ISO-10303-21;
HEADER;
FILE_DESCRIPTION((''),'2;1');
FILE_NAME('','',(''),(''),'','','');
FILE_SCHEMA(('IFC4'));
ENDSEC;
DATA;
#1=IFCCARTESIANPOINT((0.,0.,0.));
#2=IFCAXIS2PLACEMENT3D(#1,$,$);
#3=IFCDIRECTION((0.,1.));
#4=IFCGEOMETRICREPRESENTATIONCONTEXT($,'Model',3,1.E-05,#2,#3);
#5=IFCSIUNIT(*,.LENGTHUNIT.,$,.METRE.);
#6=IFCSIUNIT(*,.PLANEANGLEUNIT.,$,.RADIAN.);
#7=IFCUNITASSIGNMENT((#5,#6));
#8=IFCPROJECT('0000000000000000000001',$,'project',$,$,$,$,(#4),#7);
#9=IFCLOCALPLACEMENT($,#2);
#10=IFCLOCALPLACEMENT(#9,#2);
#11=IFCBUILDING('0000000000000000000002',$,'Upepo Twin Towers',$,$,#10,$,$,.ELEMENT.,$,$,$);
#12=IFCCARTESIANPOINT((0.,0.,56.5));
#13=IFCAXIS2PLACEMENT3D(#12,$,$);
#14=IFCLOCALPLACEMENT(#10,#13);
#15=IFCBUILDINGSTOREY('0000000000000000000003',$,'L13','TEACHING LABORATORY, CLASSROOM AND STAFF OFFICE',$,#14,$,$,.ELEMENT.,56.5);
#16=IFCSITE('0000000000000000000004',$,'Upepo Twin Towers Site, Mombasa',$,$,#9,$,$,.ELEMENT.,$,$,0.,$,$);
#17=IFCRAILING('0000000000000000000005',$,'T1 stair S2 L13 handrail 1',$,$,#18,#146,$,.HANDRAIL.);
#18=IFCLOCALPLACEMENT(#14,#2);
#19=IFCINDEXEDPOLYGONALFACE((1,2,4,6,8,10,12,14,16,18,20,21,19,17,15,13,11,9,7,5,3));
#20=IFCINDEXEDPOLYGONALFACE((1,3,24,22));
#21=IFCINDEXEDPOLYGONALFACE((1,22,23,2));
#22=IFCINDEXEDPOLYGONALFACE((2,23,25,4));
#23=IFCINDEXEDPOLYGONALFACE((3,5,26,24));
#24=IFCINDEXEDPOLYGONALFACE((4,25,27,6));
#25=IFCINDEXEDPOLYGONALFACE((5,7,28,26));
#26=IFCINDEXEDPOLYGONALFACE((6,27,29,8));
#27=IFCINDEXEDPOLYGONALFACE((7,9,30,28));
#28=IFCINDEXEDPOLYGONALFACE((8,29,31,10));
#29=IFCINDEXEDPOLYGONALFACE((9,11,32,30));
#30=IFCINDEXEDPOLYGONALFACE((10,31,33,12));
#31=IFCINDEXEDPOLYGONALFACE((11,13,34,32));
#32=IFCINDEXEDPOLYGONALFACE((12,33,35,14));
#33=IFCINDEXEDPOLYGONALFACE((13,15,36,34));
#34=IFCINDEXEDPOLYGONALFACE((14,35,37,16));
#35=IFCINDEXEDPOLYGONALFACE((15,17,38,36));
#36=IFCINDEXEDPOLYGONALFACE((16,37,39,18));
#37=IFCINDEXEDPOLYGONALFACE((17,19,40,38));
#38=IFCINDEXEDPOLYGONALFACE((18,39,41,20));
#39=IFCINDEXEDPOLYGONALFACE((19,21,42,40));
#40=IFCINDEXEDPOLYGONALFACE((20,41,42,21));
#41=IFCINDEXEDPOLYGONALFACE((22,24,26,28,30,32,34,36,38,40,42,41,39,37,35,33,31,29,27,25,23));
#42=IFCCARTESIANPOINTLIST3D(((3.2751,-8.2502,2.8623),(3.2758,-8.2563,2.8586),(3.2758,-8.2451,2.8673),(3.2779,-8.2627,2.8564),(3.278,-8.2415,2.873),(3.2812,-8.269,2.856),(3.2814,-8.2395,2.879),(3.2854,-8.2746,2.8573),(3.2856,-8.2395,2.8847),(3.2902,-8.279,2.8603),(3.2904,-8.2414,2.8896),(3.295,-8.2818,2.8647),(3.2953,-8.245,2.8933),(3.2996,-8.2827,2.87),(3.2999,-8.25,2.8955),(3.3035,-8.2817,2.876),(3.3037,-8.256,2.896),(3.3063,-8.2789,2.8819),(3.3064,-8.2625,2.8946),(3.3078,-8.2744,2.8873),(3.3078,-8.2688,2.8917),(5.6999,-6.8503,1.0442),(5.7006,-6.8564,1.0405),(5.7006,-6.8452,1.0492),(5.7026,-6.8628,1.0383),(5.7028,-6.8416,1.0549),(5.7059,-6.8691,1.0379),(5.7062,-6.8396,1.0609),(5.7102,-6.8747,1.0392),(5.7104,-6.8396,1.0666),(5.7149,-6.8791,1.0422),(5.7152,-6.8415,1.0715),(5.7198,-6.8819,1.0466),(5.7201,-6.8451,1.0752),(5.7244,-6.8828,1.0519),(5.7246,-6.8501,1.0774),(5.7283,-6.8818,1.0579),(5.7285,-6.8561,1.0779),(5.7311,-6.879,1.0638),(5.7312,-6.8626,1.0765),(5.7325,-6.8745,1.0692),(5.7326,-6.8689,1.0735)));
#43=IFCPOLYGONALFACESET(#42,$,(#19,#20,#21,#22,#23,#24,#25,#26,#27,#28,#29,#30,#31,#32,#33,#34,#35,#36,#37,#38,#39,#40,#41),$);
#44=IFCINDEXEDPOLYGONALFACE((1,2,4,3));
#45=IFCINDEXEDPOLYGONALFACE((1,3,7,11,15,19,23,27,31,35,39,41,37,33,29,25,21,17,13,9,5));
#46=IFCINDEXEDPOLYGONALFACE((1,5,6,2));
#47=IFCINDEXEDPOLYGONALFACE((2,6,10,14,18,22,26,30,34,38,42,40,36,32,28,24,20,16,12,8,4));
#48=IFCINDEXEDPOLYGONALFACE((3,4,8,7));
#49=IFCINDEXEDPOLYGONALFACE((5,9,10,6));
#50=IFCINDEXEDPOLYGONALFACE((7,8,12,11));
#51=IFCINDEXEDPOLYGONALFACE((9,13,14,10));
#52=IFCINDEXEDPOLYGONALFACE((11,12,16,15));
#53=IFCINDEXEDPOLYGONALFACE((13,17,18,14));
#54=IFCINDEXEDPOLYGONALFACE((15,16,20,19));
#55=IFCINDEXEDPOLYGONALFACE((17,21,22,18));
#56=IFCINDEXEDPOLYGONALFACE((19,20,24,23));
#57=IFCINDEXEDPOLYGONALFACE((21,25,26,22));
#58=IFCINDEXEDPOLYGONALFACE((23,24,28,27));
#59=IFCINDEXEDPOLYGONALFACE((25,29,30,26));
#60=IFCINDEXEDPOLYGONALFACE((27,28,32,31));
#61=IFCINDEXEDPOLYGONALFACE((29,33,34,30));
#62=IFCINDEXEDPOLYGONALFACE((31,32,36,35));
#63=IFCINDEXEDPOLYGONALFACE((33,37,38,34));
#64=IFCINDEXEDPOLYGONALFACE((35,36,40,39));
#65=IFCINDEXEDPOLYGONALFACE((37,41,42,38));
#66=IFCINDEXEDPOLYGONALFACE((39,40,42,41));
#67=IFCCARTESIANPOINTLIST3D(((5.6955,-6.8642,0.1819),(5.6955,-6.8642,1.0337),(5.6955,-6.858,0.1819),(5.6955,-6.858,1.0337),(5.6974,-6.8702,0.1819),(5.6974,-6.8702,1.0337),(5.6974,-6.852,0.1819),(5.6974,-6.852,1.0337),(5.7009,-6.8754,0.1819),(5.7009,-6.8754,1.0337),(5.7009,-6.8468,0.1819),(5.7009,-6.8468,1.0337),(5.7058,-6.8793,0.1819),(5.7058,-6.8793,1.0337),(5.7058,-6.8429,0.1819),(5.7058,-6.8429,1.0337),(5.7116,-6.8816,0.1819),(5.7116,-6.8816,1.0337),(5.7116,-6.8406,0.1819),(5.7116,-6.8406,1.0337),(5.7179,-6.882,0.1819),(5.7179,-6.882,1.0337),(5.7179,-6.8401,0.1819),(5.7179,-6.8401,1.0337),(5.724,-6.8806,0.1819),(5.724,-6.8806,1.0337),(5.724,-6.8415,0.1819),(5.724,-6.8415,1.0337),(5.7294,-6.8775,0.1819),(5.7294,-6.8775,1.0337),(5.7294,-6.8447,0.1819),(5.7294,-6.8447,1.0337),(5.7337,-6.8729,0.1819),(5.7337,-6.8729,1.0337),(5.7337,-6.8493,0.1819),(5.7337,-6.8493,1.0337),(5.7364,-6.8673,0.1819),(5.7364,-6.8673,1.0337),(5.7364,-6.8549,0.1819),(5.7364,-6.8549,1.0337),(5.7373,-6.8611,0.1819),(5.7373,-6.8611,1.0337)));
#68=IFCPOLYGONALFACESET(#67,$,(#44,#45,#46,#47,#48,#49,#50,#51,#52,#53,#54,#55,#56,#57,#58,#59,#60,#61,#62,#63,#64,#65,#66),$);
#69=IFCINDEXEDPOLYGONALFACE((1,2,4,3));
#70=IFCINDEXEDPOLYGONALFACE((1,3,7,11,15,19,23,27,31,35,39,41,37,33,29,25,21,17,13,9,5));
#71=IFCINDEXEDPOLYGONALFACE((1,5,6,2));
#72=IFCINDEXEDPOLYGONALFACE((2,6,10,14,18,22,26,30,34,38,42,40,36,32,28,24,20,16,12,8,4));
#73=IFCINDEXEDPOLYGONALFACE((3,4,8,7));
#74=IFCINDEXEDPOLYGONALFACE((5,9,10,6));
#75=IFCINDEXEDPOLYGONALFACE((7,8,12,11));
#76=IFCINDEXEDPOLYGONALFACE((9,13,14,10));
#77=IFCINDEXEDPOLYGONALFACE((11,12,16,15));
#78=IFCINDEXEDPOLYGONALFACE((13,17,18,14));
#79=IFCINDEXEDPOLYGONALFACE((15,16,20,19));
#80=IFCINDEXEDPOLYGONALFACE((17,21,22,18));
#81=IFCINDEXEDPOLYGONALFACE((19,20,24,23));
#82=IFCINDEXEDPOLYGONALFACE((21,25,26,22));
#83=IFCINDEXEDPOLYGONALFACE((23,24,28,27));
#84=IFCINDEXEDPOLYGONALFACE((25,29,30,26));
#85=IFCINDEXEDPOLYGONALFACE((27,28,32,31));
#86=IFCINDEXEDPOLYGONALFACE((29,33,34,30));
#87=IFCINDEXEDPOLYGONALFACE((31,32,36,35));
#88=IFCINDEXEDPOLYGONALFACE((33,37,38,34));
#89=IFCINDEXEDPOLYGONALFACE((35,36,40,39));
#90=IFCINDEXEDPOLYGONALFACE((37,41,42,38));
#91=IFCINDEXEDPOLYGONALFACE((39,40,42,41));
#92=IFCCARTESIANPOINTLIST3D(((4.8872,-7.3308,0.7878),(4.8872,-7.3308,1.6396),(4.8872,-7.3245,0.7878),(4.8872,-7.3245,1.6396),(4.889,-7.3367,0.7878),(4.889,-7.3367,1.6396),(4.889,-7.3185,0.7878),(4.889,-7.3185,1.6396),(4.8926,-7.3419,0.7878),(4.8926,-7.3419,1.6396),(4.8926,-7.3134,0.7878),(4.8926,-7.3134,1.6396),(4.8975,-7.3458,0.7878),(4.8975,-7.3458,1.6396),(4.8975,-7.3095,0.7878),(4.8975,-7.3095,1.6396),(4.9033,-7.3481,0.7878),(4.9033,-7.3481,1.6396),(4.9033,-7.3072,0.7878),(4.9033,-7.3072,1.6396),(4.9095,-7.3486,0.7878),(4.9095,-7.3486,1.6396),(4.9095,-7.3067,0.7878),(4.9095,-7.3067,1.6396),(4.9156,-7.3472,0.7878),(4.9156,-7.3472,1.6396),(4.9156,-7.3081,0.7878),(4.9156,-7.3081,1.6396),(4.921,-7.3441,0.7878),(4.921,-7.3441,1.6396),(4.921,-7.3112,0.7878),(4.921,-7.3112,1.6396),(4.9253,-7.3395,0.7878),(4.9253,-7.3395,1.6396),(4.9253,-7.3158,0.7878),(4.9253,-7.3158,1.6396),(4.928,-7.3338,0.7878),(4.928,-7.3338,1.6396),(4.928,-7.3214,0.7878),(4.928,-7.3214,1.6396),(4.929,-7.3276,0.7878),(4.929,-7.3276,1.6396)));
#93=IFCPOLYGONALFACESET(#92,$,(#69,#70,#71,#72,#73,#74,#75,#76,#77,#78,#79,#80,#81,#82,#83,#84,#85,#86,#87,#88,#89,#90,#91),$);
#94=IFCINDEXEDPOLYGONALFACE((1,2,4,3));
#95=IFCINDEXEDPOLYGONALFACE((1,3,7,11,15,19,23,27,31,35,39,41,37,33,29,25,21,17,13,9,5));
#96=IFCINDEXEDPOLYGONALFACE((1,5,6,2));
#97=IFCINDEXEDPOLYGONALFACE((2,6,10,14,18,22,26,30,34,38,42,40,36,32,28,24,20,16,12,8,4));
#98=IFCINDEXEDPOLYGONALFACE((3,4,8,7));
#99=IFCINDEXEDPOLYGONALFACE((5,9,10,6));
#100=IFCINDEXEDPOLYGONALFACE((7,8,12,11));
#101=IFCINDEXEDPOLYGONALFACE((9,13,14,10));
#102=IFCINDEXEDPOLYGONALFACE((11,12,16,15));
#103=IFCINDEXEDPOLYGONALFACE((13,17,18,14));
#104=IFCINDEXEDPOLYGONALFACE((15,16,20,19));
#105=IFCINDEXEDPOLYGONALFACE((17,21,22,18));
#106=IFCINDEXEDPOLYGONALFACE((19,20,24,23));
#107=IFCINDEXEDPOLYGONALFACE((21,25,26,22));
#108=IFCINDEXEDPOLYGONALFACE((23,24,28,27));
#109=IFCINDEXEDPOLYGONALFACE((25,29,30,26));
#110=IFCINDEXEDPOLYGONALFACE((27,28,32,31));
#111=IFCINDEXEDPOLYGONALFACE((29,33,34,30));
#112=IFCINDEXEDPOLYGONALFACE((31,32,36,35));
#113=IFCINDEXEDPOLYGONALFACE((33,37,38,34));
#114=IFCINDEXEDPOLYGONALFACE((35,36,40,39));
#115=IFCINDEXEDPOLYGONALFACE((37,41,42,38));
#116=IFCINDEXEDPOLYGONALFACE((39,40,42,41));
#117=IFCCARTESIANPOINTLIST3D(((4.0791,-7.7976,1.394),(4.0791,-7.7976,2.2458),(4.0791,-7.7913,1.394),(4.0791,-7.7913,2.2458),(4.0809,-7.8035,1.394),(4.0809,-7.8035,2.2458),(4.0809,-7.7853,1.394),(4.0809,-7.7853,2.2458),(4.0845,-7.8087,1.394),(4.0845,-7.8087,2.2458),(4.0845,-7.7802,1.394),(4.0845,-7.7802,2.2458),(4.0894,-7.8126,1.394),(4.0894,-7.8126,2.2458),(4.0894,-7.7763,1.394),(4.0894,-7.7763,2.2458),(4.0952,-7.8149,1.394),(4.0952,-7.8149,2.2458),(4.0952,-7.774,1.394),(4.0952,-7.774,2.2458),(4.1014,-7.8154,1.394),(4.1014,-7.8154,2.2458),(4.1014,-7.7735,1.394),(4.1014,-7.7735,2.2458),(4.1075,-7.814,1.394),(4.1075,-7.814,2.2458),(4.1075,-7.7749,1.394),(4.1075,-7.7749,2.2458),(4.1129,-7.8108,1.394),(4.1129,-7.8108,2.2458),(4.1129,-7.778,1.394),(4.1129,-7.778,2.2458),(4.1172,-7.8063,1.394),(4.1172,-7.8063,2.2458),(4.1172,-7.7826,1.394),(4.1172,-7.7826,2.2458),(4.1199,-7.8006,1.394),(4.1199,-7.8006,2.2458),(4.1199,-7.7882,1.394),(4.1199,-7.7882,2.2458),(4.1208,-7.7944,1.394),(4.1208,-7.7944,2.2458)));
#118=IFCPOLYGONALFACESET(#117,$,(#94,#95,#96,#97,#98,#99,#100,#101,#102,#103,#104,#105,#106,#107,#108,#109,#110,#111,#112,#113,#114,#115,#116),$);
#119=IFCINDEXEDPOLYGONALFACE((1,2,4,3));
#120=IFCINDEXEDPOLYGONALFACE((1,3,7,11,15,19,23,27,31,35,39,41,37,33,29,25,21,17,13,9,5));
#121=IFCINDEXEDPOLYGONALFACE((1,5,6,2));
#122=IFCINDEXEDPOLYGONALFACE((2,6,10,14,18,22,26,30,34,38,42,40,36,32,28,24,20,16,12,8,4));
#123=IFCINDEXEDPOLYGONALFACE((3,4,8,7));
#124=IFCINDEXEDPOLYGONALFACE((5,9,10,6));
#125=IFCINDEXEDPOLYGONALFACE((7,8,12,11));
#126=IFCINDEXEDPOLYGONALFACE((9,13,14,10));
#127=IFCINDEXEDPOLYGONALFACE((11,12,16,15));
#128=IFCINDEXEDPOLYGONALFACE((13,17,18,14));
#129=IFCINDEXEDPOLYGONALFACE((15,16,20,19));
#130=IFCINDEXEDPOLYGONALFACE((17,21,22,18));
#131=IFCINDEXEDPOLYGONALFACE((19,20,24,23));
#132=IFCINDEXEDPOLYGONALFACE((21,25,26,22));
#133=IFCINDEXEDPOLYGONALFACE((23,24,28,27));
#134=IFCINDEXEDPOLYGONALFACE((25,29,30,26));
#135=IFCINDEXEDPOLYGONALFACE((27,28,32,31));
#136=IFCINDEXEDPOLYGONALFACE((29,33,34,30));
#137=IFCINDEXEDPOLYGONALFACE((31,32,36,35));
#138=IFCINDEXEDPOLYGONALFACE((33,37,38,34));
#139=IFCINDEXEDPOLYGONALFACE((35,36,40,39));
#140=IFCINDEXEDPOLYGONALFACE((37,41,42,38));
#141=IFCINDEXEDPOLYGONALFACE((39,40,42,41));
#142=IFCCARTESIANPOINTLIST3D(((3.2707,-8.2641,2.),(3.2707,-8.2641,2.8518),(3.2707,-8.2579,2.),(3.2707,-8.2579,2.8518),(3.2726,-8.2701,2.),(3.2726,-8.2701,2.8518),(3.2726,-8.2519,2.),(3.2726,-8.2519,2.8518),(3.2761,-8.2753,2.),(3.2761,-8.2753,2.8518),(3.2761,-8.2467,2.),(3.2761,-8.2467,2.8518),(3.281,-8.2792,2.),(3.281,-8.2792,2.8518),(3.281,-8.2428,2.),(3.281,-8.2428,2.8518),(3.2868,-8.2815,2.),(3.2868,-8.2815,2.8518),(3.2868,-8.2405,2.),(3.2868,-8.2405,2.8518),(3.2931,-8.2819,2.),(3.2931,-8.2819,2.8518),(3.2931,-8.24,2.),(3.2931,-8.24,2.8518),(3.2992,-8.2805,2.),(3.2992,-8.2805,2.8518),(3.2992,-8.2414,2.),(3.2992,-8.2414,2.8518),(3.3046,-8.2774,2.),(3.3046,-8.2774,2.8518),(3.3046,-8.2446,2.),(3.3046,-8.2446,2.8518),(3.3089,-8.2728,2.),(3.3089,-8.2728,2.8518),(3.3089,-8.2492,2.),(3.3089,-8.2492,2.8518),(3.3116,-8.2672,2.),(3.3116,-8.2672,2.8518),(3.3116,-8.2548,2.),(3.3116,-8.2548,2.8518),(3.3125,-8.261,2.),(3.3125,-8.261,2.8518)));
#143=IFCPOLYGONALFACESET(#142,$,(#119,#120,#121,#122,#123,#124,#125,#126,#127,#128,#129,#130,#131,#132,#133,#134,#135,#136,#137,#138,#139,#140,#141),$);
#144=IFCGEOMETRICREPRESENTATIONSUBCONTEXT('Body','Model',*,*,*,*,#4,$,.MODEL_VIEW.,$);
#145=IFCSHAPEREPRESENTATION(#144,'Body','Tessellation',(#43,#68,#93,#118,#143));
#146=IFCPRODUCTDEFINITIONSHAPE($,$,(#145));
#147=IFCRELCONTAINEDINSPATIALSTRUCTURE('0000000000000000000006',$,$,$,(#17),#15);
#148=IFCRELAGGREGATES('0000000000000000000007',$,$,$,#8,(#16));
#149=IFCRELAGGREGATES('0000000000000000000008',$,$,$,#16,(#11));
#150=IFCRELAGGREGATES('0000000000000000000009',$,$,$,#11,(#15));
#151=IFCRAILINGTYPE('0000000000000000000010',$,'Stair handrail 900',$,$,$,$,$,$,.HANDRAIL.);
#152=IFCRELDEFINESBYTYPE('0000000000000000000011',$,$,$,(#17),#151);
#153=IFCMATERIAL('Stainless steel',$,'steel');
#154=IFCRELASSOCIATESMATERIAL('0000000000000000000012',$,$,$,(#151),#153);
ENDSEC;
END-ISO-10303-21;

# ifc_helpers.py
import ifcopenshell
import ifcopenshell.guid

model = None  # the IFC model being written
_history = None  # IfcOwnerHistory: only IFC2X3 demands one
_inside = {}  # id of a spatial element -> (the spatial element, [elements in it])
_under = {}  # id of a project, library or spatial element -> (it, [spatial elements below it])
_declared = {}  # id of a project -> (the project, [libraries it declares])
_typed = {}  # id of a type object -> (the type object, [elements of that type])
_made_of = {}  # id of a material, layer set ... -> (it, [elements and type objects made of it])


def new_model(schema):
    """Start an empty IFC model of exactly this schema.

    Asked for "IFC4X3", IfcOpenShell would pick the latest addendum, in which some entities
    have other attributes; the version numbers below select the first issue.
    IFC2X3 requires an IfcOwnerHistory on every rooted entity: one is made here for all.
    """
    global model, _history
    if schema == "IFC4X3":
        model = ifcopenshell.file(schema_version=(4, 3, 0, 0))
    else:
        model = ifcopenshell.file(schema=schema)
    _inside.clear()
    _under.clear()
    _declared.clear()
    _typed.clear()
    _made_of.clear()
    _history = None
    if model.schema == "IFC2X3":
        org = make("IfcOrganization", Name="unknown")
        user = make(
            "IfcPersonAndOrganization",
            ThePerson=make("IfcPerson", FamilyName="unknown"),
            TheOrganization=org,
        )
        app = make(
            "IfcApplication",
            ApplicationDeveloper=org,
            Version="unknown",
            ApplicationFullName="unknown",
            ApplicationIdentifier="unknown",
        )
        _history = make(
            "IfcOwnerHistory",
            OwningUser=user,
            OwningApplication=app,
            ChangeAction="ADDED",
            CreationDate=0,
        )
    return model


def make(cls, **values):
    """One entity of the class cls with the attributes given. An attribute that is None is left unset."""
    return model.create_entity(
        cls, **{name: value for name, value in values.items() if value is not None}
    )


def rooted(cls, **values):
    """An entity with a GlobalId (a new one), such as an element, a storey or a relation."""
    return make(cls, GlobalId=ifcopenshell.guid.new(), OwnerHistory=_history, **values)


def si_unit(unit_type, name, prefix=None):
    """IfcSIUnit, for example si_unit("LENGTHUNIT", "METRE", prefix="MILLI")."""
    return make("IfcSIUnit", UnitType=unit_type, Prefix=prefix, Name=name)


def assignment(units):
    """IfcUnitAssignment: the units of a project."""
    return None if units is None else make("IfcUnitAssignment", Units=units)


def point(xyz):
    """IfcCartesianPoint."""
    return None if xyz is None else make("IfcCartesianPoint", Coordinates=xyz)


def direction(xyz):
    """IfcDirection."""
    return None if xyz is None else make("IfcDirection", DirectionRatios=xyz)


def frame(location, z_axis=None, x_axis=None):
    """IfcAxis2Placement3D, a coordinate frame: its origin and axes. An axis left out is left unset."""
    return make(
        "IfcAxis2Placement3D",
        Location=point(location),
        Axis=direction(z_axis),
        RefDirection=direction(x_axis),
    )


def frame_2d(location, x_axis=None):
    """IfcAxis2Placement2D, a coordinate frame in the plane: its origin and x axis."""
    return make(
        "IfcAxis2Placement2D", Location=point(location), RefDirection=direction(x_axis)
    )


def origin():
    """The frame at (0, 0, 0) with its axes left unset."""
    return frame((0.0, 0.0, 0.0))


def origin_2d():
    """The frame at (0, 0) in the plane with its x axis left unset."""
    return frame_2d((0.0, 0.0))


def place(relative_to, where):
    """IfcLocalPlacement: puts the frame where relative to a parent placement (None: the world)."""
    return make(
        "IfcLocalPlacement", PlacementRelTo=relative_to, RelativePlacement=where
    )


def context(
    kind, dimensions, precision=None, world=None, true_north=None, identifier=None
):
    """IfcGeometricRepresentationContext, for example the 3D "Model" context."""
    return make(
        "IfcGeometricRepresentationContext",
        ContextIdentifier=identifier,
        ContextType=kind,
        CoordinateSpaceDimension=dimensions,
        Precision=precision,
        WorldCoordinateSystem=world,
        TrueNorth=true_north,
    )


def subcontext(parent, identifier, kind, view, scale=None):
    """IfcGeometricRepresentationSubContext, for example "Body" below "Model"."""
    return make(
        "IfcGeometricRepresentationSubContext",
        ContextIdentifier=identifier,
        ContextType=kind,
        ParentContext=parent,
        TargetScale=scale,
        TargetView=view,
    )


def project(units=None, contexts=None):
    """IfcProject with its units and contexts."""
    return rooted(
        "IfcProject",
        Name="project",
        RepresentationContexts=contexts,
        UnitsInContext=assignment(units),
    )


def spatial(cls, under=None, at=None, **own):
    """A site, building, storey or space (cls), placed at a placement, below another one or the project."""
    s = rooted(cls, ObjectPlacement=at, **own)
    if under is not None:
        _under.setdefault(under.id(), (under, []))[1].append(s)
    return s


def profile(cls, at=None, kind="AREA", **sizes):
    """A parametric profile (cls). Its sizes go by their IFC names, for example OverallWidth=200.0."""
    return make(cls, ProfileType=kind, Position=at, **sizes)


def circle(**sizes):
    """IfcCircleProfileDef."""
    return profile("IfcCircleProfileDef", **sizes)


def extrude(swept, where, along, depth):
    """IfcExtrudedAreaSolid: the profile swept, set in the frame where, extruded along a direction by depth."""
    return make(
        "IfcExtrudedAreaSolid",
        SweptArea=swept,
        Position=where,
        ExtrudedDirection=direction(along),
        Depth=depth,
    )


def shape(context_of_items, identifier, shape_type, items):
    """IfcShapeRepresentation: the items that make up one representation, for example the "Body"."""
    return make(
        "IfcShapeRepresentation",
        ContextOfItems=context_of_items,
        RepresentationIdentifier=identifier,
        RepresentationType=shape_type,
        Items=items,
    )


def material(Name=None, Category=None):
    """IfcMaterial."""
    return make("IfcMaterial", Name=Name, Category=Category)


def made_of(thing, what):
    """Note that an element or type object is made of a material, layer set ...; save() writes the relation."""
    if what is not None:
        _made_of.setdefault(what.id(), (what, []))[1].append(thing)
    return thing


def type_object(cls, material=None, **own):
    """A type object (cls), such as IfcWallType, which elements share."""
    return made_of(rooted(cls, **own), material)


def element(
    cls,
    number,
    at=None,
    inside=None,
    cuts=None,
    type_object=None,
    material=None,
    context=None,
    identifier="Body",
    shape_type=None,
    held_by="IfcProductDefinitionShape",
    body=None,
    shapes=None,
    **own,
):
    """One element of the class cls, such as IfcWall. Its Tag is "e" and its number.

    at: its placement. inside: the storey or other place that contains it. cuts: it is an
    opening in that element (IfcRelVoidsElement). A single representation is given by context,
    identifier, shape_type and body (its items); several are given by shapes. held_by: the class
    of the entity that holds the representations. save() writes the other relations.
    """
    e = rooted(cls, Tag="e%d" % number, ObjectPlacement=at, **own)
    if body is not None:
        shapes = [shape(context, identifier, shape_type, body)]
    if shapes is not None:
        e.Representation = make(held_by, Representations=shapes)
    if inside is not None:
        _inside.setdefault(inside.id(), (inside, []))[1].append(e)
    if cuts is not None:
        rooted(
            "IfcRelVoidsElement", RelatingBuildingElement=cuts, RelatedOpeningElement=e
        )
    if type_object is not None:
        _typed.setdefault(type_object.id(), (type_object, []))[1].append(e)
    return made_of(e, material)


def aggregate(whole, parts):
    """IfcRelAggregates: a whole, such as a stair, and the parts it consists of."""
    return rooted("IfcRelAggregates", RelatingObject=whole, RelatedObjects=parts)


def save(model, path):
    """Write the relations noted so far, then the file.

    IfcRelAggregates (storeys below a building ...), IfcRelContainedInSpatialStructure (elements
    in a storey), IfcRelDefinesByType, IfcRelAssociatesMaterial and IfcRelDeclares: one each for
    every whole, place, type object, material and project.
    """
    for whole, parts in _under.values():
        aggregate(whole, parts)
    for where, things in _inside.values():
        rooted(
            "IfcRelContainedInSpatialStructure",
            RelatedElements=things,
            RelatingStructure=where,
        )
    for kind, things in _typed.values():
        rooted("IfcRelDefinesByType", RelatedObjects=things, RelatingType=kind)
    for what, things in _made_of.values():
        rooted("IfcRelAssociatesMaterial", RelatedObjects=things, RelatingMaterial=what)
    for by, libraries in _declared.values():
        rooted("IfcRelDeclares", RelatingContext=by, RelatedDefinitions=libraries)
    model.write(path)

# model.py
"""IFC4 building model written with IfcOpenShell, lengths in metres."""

from ifc_helpers import new_model, si_unit, direction, frame, origin, origin_2d, place, context, subcontext, project, spatial, circle, extrude, material, type_object, element, save


model = new_model("IFC4")

# Units and contexts
model_context = context("Model", 3, precision=1e-05, world=origin(), true_north=direction((0.0, 1.0)))
body_context = subcontext(model_context, "Body", "Model", "MODEL_VIEW")
ifc_project = project(units=[si_unit("LENGTHUNIT", "METRE"), si_unit("PLANEANGLEUNIT", "RADIAN")], contexts=[model_context])

# Site, building, storey
site_placement = place(None, origin())
site = spatial("IfcSite", under=ifc_project, at=site_placement, Name="Upepo Twin Towers Site, Mombasa", CompositionType="ELEMENT", RefElevation=0.0)
building_placement = place(site_placement, origin())
building = spatial("IfcBuilding", under=site, at=building_placement, Name="Upepo Twin Towers", CompositionType="ELEMENT")
storey_placement = place(building_placement, frame((0.0, 0.0, 56.5)))
storey = spatial("IfcBuildingStorey", under=building, at=storey_placement, Name="L13", Description="TEACHING LABORATORY, CLASSROOM AND STAFF OFFICE", CompositionType="ELEMENT", Elevation=56.5)

# Railing
ifc_material_1 = material(Name="Stainless steel", Category="steel")
railing_type = type_object("IfcRailingType", Name="Stair handrail 900", PredefinedType="HANDRAIL", material=ifc_material_1)
railing_placement = place(storey_placement, frame((5.7163, -6.8611, 0.1819)))
element("IfcRailing", 1, at=railing_placement, inside=storey, type_object=railing_type, Name="T1 stair S2 L13 handrail 1", PredefinedType="HANDRAIL", context=body_context, shape_type="SweptSolid", body=[
    extrude(circle(Radius=0.0239, at=origin_2d()), frame((0.0, 0.0, 0.876), z_axis=(-0.726336, -0.419333, 0.544606), x_axis=(0.499984, -0.866035, 0.0)), (0.0, 0.0, 1.0), 3.3384),
    extrude(circle(Radius=0.021, at=origin_2d()), origin(), (0.0, 0.0, 1.0), 0.8518),
    extrude(circle(Radius=0.021, at=origin_2d()), frame((-0.8083, -0.4666, 0.606)), (0.0, 0.0, 1.0), 0.8518),
    extrude(circle(Radius=0.021, at=origin_2d()), frame((-1.6165, -0.9333, 1.2122)), (0.0, 0.0, 1.0), 0.8518),
    extrude(circle(Radius=0.021, at=origin_2d()), frame((-2.4248, -1.3999, 1.8181)), (0.0, 0.0, 1.0), 0.8518),
])

save(model, "model.ifc")
